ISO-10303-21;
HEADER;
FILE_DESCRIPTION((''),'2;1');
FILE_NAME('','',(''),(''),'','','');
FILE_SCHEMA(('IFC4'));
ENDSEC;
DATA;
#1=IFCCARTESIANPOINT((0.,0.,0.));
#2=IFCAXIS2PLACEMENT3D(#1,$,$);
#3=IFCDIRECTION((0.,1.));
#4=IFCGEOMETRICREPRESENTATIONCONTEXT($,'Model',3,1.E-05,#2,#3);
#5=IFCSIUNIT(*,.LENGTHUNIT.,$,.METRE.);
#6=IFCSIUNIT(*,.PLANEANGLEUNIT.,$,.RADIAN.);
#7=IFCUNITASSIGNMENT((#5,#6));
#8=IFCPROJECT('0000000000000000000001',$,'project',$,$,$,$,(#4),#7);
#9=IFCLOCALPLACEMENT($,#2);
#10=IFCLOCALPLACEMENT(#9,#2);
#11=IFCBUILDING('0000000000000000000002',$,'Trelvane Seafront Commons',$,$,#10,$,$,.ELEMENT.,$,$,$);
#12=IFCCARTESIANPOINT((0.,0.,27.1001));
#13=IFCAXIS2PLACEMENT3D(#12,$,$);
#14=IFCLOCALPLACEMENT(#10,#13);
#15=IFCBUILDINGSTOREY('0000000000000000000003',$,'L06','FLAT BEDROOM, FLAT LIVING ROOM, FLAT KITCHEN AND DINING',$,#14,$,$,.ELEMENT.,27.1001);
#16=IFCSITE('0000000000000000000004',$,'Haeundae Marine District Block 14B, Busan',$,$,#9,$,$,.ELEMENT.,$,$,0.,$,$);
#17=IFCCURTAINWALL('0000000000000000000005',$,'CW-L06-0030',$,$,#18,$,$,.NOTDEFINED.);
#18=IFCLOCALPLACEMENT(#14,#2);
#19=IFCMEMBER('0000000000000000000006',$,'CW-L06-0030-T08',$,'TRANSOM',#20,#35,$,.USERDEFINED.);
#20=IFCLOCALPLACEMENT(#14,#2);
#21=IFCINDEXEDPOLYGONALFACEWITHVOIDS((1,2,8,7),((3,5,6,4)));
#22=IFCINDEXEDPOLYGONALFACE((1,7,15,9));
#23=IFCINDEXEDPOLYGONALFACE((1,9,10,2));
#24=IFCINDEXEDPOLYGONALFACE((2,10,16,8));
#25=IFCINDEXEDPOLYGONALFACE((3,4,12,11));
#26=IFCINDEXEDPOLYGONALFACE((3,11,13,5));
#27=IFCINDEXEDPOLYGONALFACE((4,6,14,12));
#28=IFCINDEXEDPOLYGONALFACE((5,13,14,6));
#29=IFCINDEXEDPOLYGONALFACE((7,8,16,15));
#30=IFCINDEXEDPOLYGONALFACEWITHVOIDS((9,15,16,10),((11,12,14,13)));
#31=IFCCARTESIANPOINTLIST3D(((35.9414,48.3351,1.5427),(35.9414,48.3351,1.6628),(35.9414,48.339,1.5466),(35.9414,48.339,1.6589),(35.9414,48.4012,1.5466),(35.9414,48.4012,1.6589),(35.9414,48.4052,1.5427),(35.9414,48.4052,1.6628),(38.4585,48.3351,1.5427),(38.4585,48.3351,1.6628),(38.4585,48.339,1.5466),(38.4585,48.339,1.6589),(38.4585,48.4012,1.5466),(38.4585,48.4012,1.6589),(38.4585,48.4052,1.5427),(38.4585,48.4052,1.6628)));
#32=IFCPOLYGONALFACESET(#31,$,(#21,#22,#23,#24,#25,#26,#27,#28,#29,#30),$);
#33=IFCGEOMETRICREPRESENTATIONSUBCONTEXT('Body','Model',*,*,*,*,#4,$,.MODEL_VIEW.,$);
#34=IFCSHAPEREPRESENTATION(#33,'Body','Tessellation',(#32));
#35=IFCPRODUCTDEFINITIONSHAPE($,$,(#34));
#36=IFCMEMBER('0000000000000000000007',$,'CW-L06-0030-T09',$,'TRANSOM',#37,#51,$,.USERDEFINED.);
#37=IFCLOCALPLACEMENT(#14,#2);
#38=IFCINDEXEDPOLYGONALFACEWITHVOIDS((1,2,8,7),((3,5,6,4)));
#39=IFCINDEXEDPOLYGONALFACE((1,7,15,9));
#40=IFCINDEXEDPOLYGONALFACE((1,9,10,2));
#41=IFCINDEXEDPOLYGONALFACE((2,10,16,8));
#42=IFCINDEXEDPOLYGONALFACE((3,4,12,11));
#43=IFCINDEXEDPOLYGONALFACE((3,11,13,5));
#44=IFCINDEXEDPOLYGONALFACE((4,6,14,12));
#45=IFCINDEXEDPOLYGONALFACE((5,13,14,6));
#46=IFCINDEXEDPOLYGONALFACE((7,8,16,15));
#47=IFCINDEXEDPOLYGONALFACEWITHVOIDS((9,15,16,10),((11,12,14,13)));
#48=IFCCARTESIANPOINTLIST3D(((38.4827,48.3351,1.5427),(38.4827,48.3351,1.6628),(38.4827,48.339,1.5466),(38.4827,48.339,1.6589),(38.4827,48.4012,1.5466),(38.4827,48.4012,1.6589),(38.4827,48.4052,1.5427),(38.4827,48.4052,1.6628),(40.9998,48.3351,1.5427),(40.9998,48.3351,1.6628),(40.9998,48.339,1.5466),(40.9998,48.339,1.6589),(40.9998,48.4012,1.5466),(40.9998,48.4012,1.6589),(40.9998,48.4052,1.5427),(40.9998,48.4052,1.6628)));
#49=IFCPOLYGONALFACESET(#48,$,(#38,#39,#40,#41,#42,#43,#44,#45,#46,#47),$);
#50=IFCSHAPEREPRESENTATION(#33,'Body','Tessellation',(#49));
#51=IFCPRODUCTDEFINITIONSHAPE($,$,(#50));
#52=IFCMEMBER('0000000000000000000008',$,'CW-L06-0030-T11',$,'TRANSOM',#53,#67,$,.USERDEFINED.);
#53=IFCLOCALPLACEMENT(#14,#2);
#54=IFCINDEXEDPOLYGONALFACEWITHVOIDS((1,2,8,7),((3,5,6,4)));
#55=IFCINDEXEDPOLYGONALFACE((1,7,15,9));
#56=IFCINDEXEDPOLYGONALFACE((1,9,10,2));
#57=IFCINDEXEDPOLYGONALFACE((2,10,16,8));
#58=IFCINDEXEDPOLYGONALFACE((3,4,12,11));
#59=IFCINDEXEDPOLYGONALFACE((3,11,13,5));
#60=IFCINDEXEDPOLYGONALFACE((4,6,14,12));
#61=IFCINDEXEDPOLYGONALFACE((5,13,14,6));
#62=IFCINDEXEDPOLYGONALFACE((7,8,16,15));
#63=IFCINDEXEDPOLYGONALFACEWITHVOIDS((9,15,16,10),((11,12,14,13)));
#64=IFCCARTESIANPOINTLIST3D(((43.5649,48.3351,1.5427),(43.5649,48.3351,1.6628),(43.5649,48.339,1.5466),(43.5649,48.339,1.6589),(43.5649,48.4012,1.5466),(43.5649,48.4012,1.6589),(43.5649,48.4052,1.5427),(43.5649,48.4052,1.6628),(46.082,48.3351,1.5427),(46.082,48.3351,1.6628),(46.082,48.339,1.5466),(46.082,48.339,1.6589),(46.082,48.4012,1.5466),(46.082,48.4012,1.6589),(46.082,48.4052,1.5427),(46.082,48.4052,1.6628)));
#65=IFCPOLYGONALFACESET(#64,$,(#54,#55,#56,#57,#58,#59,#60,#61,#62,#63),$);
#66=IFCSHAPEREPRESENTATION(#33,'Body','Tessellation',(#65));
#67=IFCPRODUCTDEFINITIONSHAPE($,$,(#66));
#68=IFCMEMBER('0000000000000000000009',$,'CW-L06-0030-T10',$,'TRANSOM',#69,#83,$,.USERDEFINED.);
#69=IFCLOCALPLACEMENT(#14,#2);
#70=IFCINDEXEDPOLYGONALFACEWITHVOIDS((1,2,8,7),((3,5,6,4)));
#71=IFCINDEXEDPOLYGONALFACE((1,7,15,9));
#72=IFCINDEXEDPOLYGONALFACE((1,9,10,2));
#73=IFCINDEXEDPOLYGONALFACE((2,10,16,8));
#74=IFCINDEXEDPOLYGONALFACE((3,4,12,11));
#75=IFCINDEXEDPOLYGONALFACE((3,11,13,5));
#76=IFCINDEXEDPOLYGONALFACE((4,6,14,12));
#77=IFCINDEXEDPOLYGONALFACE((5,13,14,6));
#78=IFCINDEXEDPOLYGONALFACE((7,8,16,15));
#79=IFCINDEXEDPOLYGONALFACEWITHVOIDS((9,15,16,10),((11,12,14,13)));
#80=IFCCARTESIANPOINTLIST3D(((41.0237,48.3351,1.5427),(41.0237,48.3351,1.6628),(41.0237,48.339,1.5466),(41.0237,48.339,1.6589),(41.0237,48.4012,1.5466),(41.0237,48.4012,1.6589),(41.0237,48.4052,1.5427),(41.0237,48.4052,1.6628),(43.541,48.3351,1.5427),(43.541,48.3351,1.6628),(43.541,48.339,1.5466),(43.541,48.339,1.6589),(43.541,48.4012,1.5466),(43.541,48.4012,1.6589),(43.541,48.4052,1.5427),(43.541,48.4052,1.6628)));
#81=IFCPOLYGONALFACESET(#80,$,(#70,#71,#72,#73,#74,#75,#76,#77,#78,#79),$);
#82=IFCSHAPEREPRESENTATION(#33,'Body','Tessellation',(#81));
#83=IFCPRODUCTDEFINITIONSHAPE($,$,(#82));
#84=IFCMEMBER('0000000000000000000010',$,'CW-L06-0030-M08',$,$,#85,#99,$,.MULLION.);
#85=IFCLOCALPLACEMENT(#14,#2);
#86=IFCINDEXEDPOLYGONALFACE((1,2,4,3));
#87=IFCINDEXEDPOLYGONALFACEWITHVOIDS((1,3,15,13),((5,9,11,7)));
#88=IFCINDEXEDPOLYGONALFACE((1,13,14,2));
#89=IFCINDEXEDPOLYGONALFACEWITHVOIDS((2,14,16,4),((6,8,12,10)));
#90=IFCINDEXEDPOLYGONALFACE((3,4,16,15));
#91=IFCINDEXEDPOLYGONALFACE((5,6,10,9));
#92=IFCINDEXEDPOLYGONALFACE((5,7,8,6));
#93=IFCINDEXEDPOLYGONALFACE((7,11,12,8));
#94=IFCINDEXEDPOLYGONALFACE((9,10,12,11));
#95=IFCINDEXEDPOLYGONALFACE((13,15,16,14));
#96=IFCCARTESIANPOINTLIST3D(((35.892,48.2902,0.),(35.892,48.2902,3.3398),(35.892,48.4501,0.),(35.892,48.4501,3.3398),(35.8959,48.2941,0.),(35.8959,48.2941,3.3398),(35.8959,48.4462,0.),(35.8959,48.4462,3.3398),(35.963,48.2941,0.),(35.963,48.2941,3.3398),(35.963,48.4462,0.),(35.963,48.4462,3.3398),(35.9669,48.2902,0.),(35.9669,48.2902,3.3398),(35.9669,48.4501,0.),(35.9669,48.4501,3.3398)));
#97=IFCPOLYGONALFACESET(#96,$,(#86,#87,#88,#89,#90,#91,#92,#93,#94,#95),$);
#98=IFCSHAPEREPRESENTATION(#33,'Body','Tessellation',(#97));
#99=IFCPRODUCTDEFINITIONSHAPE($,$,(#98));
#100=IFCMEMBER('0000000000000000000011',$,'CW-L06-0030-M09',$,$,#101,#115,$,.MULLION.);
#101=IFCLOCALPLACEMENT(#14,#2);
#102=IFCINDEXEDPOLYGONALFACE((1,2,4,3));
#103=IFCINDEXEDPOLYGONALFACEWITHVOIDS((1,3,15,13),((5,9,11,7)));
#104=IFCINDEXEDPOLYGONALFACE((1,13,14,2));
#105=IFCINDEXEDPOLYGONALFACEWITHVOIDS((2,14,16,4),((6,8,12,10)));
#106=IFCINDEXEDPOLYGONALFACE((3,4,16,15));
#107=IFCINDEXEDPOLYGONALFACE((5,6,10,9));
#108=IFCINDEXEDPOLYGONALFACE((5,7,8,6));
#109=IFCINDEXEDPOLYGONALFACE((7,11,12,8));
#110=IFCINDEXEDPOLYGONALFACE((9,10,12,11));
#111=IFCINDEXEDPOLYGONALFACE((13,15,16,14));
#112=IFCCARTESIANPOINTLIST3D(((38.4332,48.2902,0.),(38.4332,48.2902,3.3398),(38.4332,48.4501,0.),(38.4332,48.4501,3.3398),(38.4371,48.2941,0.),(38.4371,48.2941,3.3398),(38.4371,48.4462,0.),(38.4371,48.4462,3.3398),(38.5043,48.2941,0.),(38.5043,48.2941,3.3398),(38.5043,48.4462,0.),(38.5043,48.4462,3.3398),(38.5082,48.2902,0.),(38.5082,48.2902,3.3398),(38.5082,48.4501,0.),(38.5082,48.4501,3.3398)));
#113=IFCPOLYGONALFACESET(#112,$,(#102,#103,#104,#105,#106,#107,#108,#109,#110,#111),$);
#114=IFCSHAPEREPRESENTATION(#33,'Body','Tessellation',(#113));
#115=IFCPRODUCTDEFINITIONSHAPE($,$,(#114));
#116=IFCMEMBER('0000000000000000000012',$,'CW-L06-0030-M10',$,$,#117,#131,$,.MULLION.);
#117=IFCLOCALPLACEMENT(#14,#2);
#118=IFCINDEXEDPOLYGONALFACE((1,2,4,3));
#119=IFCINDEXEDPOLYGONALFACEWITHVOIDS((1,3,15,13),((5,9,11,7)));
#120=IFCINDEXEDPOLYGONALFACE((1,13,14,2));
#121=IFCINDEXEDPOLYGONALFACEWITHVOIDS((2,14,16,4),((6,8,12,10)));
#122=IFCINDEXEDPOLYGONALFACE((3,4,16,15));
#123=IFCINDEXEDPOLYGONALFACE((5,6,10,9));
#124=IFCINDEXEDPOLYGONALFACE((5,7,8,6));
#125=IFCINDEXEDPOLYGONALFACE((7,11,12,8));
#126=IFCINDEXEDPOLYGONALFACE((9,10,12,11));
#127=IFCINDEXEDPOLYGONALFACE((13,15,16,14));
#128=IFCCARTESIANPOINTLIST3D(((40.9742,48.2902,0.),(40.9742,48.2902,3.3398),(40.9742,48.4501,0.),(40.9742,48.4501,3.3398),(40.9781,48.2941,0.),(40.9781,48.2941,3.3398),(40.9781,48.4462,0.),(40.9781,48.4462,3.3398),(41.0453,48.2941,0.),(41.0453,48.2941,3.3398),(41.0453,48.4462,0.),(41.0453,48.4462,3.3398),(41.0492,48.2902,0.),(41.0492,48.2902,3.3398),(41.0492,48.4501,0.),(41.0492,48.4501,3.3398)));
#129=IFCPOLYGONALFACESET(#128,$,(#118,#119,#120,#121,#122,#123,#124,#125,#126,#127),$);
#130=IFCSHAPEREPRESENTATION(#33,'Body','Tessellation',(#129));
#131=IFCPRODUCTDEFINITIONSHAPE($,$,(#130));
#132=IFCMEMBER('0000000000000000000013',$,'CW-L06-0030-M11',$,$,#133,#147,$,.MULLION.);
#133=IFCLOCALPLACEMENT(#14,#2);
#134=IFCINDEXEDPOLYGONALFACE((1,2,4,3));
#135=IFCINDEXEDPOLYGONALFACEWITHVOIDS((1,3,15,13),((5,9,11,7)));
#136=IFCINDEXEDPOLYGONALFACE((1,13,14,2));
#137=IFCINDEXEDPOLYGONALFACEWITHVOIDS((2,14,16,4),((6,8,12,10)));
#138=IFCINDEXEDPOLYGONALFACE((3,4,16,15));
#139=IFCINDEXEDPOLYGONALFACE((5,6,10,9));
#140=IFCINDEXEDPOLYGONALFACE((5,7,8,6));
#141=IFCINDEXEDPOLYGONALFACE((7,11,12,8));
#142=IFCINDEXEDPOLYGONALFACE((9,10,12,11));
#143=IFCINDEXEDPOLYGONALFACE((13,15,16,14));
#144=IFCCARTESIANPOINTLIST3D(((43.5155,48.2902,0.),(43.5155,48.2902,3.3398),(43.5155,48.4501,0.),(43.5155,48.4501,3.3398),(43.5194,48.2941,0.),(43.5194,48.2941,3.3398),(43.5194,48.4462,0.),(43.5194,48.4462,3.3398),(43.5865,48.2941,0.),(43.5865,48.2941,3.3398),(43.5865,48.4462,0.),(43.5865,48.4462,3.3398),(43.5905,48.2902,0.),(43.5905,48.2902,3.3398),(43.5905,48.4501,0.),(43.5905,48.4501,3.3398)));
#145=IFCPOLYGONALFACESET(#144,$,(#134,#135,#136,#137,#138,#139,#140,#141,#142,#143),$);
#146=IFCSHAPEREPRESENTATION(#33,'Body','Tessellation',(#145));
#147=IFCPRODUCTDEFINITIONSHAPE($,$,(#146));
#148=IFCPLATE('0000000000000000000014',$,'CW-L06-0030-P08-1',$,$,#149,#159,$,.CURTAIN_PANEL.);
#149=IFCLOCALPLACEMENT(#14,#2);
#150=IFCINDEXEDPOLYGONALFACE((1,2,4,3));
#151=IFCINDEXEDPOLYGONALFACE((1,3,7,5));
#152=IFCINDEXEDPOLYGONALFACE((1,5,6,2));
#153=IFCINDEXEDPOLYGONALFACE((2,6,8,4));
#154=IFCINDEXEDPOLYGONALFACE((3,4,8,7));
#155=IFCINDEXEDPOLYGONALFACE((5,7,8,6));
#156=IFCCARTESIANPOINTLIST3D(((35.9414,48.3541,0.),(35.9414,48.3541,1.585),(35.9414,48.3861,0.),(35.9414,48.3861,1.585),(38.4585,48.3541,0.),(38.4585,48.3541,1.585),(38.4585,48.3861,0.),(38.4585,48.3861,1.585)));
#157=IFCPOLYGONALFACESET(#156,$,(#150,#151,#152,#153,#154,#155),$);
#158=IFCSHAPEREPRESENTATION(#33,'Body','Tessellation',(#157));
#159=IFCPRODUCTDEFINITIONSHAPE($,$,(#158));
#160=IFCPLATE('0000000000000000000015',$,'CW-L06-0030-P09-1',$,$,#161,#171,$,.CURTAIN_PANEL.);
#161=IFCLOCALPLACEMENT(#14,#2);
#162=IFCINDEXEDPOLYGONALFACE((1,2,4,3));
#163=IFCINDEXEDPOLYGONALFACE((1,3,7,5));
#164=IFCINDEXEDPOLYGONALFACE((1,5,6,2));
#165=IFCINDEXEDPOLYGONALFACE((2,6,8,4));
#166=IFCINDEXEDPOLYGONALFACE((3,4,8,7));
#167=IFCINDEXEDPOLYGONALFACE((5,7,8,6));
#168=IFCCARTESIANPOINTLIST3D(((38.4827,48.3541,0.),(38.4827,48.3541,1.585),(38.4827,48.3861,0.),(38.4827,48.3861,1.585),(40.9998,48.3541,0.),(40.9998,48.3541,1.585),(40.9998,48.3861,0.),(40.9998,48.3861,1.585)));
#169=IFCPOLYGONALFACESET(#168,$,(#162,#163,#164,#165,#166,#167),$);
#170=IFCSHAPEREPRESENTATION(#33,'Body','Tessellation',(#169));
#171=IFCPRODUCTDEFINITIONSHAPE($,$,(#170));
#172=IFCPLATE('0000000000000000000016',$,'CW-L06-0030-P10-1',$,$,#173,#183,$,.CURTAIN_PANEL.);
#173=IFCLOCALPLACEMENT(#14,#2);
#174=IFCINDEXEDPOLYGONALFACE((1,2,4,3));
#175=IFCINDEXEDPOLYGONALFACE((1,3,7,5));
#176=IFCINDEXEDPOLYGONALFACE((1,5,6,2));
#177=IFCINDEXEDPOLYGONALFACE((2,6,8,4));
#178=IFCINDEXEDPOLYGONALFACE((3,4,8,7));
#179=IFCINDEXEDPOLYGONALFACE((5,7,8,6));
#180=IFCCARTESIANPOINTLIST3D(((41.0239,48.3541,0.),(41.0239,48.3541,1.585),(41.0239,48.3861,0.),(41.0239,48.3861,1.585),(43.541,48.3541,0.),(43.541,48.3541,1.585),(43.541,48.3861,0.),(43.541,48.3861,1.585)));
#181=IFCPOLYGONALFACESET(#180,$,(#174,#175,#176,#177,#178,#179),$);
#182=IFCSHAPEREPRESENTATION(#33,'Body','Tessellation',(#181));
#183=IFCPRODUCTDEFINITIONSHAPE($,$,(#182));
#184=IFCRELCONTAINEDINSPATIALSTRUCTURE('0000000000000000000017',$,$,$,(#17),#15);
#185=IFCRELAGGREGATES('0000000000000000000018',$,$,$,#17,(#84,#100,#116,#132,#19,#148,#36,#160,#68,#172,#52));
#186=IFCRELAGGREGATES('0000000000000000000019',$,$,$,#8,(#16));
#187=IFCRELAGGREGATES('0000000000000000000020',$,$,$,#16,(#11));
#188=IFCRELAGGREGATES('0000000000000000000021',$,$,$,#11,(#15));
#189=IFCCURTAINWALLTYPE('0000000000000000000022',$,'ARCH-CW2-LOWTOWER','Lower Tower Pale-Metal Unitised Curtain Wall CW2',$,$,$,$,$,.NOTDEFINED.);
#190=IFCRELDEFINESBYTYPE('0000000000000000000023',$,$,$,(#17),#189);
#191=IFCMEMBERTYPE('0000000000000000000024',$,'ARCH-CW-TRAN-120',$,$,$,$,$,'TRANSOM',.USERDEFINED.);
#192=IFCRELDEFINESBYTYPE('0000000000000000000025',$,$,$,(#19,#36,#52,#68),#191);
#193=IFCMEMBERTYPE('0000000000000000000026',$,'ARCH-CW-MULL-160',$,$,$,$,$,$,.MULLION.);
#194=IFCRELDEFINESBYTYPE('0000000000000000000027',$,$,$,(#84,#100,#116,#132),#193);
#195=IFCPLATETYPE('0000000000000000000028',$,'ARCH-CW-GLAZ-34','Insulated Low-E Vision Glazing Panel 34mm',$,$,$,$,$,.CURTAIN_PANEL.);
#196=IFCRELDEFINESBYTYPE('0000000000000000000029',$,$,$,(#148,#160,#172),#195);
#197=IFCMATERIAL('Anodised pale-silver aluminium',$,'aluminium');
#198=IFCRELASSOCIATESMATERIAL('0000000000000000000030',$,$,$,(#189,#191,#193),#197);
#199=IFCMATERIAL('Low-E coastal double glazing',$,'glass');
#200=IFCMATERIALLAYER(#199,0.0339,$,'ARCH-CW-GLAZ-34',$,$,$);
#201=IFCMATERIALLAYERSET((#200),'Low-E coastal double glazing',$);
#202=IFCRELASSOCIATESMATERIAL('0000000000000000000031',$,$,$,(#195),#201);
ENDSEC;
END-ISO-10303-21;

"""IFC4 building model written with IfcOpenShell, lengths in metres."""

from ifc_helpers import new_model, si_unit, direction, frame, origin, origin_2d, place, context, subcontext, project, spatial, rectangle, hollow_rectangle, extrude, source, transform, mapped, material, layer, layer_set, material_profile, profile_set, type_object, element, aggregate, save


model = new_model("IFC4")

# Units and contexts
model_context = context("Model", 3, precision=1e-05, world=origin(), true_north=direction((0.0, 1.0)))
body_context = subcontext(model_context, "Body", "Model", "MODEL_VIEW")
ifc_project = project(units=[si_unit("LENGTHUNIT", "METRE"), si_unit("PLANEANGLEUNIT", "RADIAN")], contexts=[model_context])

# Site, building, storey
site_placement = place(None, origin())
site = spatial("IfcSite", under=ifc_project, at=site_placement, Name="Haeundae Marine District Block 14B, Busan", CompositionType="ELEMENT", RefElevation=0.0)
building_placement = place(site_placement, origin())
building = spatial("IfcBuilding", under=site, at=building_placement, Name="Trelvane Seafront Commons", CompositionType="ELEMENT")
storey_placement = place(building_placement, frame((0.0, 0.0, 27.1001)))
storey = spatial("IfcBuildingStorey", under=building, at=storey_placement, Name="L06", Description="FLAT BEDROOM, FLAT LIVING ROOM, FLAT KITCHEN AND DINING", CompositionType="ELEMENT", Elevation=27.1001)

# Curtain wall, members, plates
ifc_material_1 = material(Name="Anodised pale-silver aluminium", Category="aluminium")
curtain_wall_type = type_object("IfcCurtainWallType", Name="ARCH-CW2-LOWTOWER", Description="Lower Tower Pale-Metal Unitised Curtain Wall CW2", PredefinedType="NOTDEFINED", material=ifc_material_1)
curtain_wall_placement = place(storey_placement, origin())
curtain_wall = element("IfcCurtainWall", 1, at=curtain_wall_placement, inside=storey, type_object=curtain_wall_type, Name="CW-L06-0030", PredefinedType="NOTDEFINED")
ifc_material_profile_1 = material_profile(ifc_material_1, hollow_rectangle(XDim=0.0701, YDim=0.1201, WallThickness=0.0039, at=origin_2d()), Name="TRAN-70x120x4")
ifc_profile_set_1 = profile_set([ifc_material_profile_1], Name="Anodised pale-silver aluminium")
member_type_1 = type_object("IfcMemberType", Name="ARCH-CW-TRAN-120", ElementType="TRANSOM", PredefinedType="USERDEFINED", material=ifc_profile_set_1)
shared_shape_1 = source(origin(), body_context, "Body", "SweptSolid", [
    extrude(hollow_rectangle(XDim=0.0701, YDim=0.1201, WallThickness=0.0039, at=origin_2d()), origin(), (0.0, 0.0, 1.0), 2.5171),
])
member_1_placement = place(storey_placement, frame((35.9414, 48.3701, 1.6028), z_axis=(1.0, 0.0, 0.0), x_axis=(0.0, 1.0, 0.0)))
member_1 = element("IfcMember", 2, at=member_1_placement, type_object=member_type_1, Name="CW-L06-0030-T08", ObjectType="TRANSOM", PredefinedType="USERDEFINED", context=body_context, shape_type="MappedRepresentation", body=[
    mapped(shared_shape_1, transform((0.0, 0.0, 0.0), x_axis=(1.0, 0.0, 0.0), y_axis=(0.0, 1.0, 0.0), z_axis=(0.0, 0.0, 1.0), scale=1.0)),
])
member_2_placement = place(storey_placement, frame((38.4827, 48.3701, 1.6028), z_axis=(1.0, 0.0, 0.0), x_axis=(0.0, 1.0, 0.0)))
member_2 = element("IfcMember", 3, at=member_2_placement, type_object=member_type_1, Name="CW-L06-0030-T09", ObjectType="TRANSOM", PredefinedType="USERDEFINED", context=body_context, shape_type="MappedRepresentation", body=[
    mapped(shared_shape_1, transform((0.0, 0.0, 0.0), x_axis=(1.0, 0.0, 0.0), y_axis=(0.0, 1.0, 0.0), z_axis=(0.0, 0.0, 1.0), scale=1.0)),
])
member_3_placement = place(storey_placement, frame((43.5649, 48.3701, 1.6028), z_axis=(1.0, 0.0, 0.0), x_axis=(0.0, 1.0, 0.0)))
member_3 = element("IfcMember", 4, at=member_3_placement, type_object=member_type_1, Name="CW-L06-0030-T11", ObjectType="TRANSOM", PredefinedType="USERDEFINED", context=body_context, shape_type="MappedRepresentation", body=[
    mapped(shared_shape_1, transform((0.0, 0.0, 0.0), x_axis=(1.0, 0.0, 0.0), y_axis=(0.0, 1.0, 0.0), z_axis=(0.0, 0.0, 1.0), scale=1.0)),
])
shared_shape_2 = source(origin(), body_context, "Body", "SweptSolid", [
    extrude(hollow_rectangle(XDim=0.0701, YDim=0.1201, WallThickness=0.0039, at=origin_2d()), origin(), (0.0, 0.0, 1.0), 2.5173),
])
member_4_placement = place(storey_placement, frame((41.0237, 48.3701, 1.6028), z_axis=(1.0, 0.0, 0.0), x_axis=(0.0, 1.0, 0.0)))
member_4 = element("IfcMember", 5, at=member_4_placement, type_object=member_type_1, Name="CW-L06-0030-T10", ObjectType="TRANSOM", PredefinedType="USERDEFINED", context=body_context, shape_type="MappedRepresentation", body=[
    mapped(shared_shape_2, transform((0.0, 0.0, 0.0), x_axis=(1.0, 0.0, 0.0), y_axis=(0.0, 1.0, 0.0), z_axis=(0.0, 0.0, 1.0), scale=1.0)),
])
ifc_material_profile_2 = material_profile(ifc_material_1, hollow_rectangle(XDim=0.075, YDim=0.1599, WallThickness=0.0039, at=origin_2d()), Name="MULL-75x160x4")
ifc_profile_set_2 = profile_set([ifc_material_profile_2], Name="Anodised pale-silver aluminium")
member_type_2 = type_object("IfcMemberType", Name="ARCH-CW-MULL-160", PredefinedType="MULLION", material=ifc_profile_set_2)
shared_shape_3 = source(origin(), body_context, "Body", "SweptSolid", [
    extrude(hollow_rectangle(XDim=0.075, YDim=0.1599, WallThickness=0.0039, at=origin_2d()), origin(), (0.0, 0.0, 1.0), 3.3398),
])
member_5_placement = place(storey_placement, frame((35.9294, 48.3701, 0.0), z_axis=(0.0, 0.0, 1.0), x_axis=(1.0, 0.0, 0.0)))
member_5 = element("IfcMember", 6, at=member_5_placement, type_object=member_type_2, Name="CW-L06-0030-M08", PredefinedType="MULLION", context=body_context, shape_type="MappedRepresentation", body=[
    mapped(shared_shape_3, transform((0.0, 0.0, 0.0), x_axis=(1.0, 0.0, 0.0), y_axis=(0.0, 1.0, 0.0), z_axis=(0.0, 0.0, 1.0), scale=1.0)),
])
member_6_placement = place(storey_placement, frame((38.4707, 48.3701, 0.0), z_axis=(0.0, 0.0, 1.0), x_axis=(1.0, 0.0, 0.0)))
member_6 = element("IfcMember", 7, at=member_6_placement, type_object=member_type_2, Name="CW-L06-0030-M09", PredefinedType="MULLION", context=body_context, shape_type="MappedRepresentation", body=[
    mapped(shared_shape_3, transform((0.0, 0.0, 0.0), x_axis=(1.0, 0.0, 0.0), y_axis=(0.0, 1.0, 0.0), z_axis=(0.0, 0.0, 1.0), scale=1.0)),
])
member_7_placement = place(storey_placement, frame((41.0117, 48.3701, 0.0), z_axis=(0.0, 0.0, 1.0), x_axis=(1.0, 0.0, 0.0)))
member_7 = element("IfcMember", 8, at=member_7_placement, type_object=member_type_2, Name="CW-L06-0030-M10", PredefinedType="MULLION", context=body_context, shape_type="MappedRepresentation", body=[
    mapped(shared_shape_3, transform((0.0, 0.0, 0.0), x_axis=(1.0, 0.0, 0.0), y_axis=(0.0, 1.0, 0.0), z_axis=(0.0, 0.0, 1.0), scale=1.0)),
])
member_8_placement = place(storey_placement, frame((43.553, 48.3701, 0.0), z_axis=(0.0, 0.0, 1.0), x_axis=(1.0, 0.0, 0.0)))
member_8 = element("IfcMember", 9, at=member_8_placement, type_object=member_type_2, Name="CW-L06-0030-M11", PredefinedType="MULLION", context=body_context, shape_type="MappedRepresentation", body=[
    mapped(shared_shape_3, transform((0.0, 0.0, 0.0), x_axis=(1.0, 0.0, 0.0), y_axis=(0.0, 1.0, 0.0), z_axis=(0.0, 0.0, 1.0), scale=1.0)),
])
ifc_material_2 = material(Name="Low-E coastal double glazing", Category="glass")
ifc_layer_1 = layer(ifc_material_2, 0.0339, Name="ARCH-CW-GLAZ-34")
ifc_layer_set_1 = layer_set([ifc_layer_1], Name="Low-E coastal double glazing")
plate_type_1 = type_object("IfcPlateType", Name="ARCH-CW-GLAZ-34", Description="Insulated Low-E Vision Glazing Panel 34mm", PredefinedType="CURTAIN_PANEL", material=ifc_layer_set_1)
shared_shape_4 = source(origin(), body_context, "Body", "SweptSolid", [
    extrude(rectangle(XDim=2.5171, YDim=0.032, at=origin_2d()), origin(), (0.0, 0.0, 1.0), 1.585),
])
plate_1_placement = place(storey_placement, frame((37.2, 48.3701, 0.0), z_axis=(0.0, 0.0, 1.0), x_axis=(1.0, 0.0, 0.0)))
plate_1 = element("IfcPlate", 10, at=plate_1_placement, type_object=plate_type_1, Name="CW-L06-0030-P08-1", PredefinedType="CURTAIN_PANEL", context=body_context, shape_type="MappedRepresentation", body=[
    mapped(shared_shape_4, transform((0.0, 0.0, 0.0), x_axis=(1.0, 0.0, 0.0), y_axis=(0.0, 1.0, 0.0), z_axis=(0.0, 0.0, 1.0), scale=1.0)),
])
plate_2_placement = place(storey_placement, frame((39.7412, 48.3701, 0.0), z_axis=(0.0, 0.0, 1.0), x_axis=(1.0, 0.0, 0.0)))
plate_2 = element("IfcPlate", 11, at=plate_2_placement, type_object=plate_type_1, Name="CW-L06-0030-P09-1", PredefinedType="CURTAIN_PANEL", context=body_context, shape_type="MappedRepresentation", body=[
    mapped(shared_shape_4, transform((0.0, 0.0, 0.0), x_axis=(1.0, 0.0, 0.0), y_axis=(0.0, 1.0, 0.0), z_axis=(0.0, 0.0, 1.0), scale=1.0)),
])
plate_3_placement = place(storey_placement, frame((42.2825, 48.3701, 0.0), z_axis=(0.0, 0.0, 1.0), x_axis=(1.0, 0.0, 0.0)))
plate_3 = element("IfcPlate", 12, at=plate_3_placement, type_object=plate_type_1, Name="CW-L06-0030-P10-1", PredefinedType="CURTAIN_PANEL", context=body_context, shape_type="MappedRepresentation", body=[
    mapped(shared_shape_4, transform((0.0, 0.0, 0.0), x_axis=(1.0, 0.0, 0.0), y_axis=(0.0, 1.0, 0.0), z_axis=(0.0, 0.0, 1.0), scale=1.0)),
])
aggregate(curtain_wall, [member_5, member_6, member_7, member_8, member_1, plate_1, member_2, plate_2, member_4, plate_3, member_3])

save(model, "model.ifc")
